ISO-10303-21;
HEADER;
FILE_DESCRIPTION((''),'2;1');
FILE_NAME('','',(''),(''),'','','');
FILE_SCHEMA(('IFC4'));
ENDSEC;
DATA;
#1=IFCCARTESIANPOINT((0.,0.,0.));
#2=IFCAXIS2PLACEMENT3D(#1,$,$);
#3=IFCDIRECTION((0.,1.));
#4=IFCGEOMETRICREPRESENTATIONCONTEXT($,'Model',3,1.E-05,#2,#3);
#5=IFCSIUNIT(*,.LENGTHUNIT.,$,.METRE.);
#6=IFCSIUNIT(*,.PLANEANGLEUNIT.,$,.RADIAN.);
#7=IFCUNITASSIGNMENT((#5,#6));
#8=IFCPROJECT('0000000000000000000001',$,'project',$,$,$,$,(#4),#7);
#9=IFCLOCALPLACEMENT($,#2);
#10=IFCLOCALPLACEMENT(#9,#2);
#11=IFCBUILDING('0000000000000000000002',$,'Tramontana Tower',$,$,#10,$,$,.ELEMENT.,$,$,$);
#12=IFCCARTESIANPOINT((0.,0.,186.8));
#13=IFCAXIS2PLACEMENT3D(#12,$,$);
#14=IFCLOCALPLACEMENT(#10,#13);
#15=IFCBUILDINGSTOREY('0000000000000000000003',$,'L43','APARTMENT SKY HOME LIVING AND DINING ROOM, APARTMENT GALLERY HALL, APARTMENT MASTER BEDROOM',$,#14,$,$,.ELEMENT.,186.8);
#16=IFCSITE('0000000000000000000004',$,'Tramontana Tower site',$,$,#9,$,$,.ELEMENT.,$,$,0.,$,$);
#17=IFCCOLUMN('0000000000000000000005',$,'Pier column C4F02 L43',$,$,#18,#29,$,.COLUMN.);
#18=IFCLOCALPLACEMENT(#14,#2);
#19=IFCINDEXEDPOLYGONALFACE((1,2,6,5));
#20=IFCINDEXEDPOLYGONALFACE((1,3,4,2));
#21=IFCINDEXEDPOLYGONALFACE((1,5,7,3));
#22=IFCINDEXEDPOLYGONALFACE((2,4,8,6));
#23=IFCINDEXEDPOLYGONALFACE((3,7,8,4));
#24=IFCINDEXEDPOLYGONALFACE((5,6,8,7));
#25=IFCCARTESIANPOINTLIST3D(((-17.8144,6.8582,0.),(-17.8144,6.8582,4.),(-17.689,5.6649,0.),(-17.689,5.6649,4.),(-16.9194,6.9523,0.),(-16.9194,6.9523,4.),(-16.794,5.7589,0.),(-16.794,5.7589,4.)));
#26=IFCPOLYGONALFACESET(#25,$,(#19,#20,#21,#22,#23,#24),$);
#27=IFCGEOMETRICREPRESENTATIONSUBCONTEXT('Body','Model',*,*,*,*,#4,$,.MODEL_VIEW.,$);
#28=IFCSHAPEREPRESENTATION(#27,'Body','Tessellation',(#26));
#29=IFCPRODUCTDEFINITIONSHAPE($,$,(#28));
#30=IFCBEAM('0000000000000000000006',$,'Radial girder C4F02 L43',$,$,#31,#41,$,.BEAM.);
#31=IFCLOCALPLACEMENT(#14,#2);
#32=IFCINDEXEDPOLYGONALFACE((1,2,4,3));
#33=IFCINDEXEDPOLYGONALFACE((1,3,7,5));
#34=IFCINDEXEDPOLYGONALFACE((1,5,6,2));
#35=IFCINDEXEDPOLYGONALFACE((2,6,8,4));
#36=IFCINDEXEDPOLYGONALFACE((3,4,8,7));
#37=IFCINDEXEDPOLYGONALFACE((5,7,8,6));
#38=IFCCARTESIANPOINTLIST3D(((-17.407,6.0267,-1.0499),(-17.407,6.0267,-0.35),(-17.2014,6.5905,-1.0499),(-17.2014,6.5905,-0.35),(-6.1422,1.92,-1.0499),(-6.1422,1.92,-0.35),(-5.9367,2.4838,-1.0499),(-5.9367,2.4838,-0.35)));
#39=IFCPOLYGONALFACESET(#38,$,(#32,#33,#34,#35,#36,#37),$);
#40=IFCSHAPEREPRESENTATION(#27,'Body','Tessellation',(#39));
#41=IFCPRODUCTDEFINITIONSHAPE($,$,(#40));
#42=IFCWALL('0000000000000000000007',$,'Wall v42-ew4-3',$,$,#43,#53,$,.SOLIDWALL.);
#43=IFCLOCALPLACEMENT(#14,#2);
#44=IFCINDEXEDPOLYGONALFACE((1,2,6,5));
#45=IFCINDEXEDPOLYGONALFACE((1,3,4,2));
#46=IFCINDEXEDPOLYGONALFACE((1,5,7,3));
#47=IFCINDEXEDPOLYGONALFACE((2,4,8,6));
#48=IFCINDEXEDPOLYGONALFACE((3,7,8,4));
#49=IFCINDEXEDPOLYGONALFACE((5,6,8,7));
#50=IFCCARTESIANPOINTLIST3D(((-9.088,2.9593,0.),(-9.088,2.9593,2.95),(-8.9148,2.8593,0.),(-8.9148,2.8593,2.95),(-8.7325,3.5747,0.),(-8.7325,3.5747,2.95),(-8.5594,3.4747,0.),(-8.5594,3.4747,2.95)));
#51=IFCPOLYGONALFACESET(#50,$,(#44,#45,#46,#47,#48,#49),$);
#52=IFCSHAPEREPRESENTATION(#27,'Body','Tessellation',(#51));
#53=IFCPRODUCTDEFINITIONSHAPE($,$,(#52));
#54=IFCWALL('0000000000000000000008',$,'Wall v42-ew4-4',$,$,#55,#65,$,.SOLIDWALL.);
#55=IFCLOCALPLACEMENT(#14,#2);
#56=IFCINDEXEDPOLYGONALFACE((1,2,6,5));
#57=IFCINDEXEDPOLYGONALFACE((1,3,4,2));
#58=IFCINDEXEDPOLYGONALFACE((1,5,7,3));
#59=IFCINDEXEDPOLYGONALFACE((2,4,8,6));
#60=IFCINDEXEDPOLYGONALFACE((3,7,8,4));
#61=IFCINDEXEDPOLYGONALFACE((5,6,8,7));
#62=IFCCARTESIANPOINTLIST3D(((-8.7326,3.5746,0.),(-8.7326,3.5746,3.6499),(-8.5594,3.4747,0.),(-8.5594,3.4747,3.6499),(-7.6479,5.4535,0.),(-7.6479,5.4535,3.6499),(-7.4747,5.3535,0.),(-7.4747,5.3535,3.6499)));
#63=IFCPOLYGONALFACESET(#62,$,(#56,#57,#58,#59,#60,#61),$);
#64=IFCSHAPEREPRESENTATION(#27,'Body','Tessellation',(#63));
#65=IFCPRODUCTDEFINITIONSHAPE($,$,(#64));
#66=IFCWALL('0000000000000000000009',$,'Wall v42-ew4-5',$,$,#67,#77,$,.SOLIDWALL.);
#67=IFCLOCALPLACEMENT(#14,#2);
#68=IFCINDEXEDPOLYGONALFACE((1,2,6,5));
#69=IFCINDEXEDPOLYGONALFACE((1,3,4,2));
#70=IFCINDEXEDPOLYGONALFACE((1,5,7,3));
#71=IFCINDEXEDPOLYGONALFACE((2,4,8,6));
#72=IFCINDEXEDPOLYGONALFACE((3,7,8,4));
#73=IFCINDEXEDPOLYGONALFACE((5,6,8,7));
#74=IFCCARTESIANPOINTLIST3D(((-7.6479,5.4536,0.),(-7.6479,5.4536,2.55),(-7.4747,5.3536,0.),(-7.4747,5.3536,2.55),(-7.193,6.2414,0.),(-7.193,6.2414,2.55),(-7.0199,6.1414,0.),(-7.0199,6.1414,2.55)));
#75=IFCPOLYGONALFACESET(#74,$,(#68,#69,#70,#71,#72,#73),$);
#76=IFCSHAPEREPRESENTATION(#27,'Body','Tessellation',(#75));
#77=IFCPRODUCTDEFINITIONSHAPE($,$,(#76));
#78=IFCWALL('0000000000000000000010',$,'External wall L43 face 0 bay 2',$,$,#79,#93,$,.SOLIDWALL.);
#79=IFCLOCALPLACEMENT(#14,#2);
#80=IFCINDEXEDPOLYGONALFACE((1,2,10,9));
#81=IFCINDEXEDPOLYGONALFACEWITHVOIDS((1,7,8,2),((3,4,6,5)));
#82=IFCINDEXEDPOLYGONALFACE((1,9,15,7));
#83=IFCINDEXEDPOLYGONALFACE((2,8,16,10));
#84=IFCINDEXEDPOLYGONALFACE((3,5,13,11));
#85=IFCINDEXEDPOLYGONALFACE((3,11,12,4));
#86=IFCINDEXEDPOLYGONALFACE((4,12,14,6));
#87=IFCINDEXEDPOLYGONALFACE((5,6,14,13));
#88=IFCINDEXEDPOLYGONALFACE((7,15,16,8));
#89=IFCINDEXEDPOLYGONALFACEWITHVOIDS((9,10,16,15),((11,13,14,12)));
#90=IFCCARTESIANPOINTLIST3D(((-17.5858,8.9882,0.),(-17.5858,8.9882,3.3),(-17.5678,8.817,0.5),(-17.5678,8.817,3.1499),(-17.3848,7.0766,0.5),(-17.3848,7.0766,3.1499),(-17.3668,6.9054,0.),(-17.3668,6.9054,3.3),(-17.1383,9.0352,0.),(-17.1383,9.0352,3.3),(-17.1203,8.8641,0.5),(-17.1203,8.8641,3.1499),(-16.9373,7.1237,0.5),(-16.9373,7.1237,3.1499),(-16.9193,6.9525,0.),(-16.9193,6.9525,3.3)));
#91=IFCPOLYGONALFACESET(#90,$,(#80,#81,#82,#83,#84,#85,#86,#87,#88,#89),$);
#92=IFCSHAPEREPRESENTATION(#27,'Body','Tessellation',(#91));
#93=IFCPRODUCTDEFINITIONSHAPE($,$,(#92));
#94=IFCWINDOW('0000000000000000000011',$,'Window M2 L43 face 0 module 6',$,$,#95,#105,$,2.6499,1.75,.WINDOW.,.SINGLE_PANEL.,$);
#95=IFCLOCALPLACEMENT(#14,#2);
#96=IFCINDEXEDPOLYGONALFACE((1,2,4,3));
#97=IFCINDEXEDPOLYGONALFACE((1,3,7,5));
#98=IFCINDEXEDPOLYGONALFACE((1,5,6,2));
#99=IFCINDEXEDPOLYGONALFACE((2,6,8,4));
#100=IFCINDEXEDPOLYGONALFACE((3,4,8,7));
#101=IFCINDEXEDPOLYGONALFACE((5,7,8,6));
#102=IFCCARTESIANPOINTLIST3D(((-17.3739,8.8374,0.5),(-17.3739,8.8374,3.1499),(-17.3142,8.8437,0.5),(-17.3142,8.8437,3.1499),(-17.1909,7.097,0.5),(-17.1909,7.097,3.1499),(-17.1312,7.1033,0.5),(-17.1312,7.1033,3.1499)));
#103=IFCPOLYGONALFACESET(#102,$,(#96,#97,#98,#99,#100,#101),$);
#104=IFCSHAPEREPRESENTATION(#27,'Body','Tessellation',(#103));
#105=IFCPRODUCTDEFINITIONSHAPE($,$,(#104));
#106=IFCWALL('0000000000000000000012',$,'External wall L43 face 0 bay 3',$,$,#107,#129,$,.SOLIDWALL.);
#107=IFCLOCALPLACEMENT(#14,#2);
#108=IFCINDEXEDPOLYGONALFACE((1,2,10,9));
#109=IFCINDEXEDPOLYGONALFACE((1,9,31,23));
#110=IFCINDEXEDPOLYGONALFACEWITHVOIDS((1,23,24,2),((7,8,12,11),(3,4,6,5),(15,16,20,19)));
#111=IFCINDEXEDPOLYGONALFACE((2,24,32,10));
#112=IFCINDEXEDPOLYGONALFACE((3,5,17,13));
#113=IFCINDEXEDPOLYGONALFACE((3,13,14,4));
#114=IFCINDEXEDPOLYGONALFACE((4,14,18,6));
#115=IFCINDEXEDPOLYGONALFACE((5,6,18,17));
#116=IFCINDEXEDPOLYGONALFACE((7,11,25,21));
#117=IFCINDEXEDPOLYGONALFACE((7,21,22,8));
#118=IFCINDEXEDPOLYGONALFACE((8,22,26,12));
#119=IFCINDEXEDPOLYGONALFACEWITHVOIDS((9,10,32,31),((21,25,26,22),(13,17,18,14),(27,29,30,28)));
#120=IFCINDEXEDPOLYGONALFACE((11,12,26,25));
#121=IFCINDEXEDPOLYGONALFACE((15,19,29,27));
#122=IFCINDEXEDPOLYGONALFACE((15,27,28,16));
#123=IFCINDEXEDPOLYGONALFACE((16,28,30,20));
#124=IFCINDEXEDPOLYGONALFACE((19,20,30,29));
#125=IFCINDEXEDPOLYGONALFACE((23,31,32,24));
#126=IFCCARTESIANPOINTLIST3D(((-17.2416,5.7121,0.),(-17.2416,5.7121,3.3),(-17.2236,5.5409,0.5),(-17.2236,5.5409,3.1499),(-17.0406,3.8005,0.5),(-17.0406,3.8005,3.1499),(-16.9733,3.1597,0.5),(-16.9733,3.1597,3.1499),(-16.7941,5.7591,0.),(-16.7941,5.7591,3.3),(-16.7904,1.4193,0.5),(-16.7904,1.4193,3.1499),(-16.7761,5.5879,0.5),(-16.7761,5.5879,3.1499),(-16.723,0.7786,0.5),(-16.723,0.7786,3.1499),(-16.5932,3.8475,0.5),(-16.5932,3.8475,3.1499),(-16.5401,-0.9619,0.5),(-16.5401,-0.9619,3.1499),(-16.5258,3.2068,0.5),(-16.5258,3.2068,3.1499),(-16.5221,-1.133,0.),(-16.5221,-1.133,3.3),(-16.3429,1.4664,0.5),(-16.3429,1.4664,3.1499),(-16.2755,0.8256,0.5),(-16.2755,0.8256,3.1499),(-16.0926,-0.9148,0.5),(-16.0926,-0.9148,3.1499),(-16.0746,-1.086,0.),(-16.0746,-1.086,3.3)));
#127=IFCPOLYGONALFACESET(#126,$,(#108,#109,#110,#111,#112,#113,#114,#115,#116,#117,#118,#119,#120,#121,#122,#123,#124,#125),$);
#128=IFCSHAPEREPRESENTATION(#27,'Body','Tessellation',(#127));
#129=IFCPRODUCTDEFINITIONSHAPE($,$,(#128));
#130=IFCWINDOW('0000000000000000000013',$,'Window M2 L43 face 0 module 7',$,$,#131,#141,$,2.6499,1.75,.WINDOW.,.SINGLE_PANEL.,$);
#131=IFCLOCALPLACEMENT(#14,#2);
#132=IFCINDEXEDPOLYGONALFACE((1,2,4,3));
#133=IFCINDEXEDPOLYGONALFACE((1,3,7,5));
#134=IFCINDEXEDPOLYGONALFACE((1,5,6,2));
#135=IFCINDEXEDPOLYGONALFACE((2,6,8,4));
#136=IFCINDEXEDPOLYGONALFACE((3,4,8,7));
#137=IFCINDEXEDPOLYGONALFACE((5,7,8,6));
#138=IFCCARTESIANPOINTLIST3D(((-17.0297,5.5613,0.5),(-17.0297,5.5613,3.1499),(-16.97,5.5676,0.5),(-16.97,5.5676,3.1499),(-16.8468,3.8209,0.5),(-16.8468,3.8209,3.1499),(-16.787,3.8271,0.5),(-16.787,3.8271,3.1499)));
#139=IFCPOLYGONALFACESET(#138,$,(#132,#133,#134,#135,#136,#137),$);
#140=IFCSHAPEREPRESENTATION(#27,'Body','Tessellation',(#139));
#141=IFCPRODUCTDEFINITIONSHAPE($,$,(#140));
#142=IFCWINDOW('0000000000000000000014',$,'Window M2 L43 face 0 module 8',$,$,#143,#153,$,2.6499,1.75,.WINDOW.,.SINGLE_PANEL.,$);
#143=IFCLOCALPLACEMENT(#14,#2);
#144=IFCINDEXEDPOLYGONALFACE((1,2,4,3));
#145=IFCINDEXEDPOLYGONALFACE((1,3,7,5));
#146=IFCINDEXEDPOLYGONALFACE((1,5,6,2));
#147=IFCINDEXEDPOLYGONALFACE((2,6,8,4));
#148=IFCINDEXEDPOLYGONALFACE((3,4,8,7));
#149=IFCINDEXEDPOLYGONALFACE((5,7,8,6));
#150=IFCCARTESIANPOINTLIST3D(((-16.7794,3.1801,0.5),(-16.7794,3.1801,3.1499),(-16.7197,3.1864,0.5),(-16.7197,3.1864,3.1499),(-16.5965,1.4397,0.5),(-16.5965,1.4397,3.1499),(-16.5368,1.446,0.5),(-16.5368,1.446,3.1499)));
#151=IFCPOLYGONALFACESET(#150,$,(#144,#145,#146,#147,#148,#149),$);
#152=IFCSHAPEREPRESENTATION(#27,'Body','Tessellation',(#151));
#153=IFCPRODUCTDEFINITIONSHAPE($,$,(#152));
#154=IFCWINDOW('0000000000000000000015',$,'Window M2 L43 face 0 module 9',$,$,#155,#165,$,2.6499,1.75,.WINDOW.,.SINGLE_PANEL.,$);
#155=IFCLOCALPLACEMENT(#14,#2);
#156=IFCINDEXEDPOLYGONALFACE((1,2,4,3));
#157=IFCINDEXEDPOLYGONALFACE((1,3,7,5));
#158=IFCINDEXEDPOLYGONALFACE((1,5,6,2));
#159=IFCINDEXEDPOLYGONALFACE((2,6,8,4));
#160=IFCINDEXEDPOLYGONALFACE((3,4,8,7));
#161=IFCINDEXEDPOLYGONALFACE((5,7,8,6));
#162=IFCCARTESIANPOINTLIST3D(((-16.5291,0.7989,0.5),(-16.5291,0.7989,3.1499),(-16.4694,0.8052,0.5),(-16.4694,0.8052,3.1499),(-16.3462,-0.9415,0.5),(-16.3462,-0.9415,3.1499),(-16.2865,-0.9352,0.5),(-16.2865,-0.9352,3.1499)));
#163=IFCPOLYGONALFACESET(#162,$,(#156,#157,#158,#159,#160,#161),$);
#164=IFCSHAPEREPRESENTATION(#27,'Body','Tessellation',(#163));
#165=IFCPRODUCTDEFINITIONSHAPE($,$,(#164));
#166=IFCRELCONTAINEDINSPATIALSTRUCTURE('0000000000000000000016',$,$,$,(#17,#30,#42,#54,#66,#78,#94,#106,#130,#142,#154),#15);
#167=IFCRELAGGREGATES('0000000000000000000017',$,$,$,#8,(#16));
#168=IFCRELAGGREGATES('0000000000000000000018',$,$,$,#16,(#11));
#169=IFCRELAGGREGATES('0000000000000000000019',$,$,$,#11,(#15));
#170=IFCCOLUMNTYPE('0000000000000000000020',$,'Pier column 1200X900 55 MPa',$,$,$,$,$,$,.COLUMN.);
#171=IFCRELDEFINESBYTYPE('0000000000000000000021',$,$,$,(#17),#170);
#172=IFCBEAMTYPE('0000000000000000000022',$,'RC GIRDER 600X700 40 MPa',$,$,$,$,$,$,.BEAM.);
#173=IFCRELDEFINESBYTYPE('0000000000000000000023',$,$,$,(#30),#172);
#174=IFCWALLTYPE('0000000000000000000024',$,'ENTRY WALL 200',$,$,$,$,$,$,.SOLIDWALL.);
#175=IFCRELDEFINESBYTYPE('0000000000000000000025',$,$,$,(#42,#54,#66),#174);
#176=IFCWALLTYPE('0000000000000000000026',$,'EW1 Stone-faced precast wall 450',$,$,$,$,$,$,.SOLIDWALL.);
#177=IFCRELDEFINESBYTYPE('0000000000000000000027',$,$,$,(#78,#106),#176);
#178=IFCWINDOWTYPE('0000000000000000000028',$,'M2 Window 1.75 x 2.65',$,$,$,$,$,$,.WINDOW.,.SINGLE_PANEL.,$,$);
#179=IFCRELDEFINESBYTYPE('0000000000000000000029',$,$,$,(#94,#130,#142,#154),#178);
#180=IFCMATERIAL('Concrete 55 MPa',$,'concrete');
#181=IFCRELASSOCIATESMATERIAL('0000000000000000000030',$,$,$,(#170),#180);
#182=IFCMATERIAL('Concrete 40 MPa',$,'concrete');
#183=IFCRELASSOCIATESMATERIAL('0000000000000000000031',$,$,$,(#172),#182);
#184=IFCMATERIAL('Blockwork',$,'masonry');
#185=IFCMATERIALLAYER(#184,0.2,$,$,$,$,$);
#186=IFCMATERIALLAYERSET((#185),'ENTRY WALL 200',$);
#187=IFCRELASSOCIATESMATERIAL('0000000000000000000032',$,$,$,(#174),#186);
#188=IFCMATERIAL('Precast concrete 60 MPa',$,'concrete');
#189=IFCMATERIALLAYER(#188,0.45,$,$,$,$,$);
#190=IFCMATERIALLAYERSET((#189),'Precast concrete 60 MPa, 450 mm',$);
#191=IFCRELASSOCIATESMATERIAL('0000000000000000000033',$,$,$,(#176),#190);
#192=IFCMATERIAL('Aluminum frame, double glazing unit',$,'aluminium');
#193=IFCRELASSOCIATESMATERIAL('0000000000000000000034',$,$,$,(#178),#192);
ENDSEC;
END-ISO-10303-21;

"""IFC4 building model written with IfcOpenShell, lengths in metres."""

from ifc_helpers import new_model, si_unit, direction, frame, frame_2d, origin, origin_2d, place, context, subcontext, project, spatial, rectangle, extrude, material, layer, layer_set, material_profile, profile_set, type_object, element, fill, save


model = new_model("IFC4")

# Units and contexts
model_context = context("Model", 3, precision=1e-05, world=origin(), true_north=direction((0.0, 1.0)))
body_context = subcontext(model_context, "Body", "Model", "MODEL_VIEW")
ifc_project = project(units=[si_unit("LENGTHUNIT", "METRE"), si_unit("PLANEANGLEUNIT", "RADIAN")], contexts=[model_context])

# Site, building, storey
site_placement = place(None, origin())
site = spatial("IfcSite", under=ifc_project, at=site_placement, Name="Tramontana Tower site", CompositionType="ELEMENT", RefElevation=0.0)
building_placement = place(site_placement, origin())
building = spatial("IfcBuilding", under=site, at=building_placement, Name="Tramontana Tower", CompositionType="ELEMENT")
storey_placement = place(building_placement, frame((0.0, 0.0, 186.8)))
storey = spatial("IfcBuildingStorey", under=building, at=storey_placement, Name="L43", Description="APARTMENT SKY HOME LIVING AND DINING ROOM, APARTMENT GALLERY HALL, APARTMENT MASTER BEDROOM", CompositionType="ELEMENT", Elevation=186.8)

# Column
ifc_material_1 = material(Name="Concrete 55 MPa", Category="concrete")
ifc_material_profile_1 = material_profile(ifc_material_1, rectangle(XDim=1.2, YDim=0.8999, at=origin_2d()), Name="Pier column 1200X900 55 MPa")
ifc_profile_set_1 = profile_set([ifc_material_profile_1], Name="Concrete 55 MPa")
column_type = type_object("IfcColumnType", Name="Pier column 1200X900 55 MPa", PredefinedType="COLUMN", material=ifc_profile_set_1)
column_placement = place(storey_placement, frame((-17.3042, 6.3086, 0.0), z_axis=(0.0, 0.0, 1.0), x_axis=(0.104528, -0.994522, 0.0)))
element("IfcColumn", 1, at=column_placement, inside=storey, type_object=column_type, Name="Pier column C4F02 L43", PredefinedType="COLUMN", context=body_context, shape_type="SweptSolid", body=[
    extrude(rectangle(XDim=1.2, YDim=0.8999, at=origin_2d()), origin(), (0.0, 0.0, 1.0), 4.0),
])

# Beam
ifc_material_2 = material(Name="Concrete 40 MPa", Category="concrete")
ifc_material_profile_2 = material_profile(ifc_material_2, rectangle(XDim=0.6001, YDim=0.7, at=origin_2d()), Name="RC GIRDER 600X700 40 MPa")
ifc_profile_set_2 = profile_set([ifc_material_profile_2], Name="Concrete 40 MPa")
beam_type = type_object("IfcBeamType", Name="RC GIRDER 600X700 40 MPa", PredefinedType="BEAM", material=ifc_profile_set_2)
beam_placement = place(storey_placement, frame((-17.3042, 6.3086, -0.7), z_axis=(0.939513, -0.342513, 0.0), x_axis=(0.342513, 0.939513, 0.0)))
element("IfcBeam", 2, at=beam_placement, inside=storey, type_object=beam_type, Name="Radial girder C4F02 L43", PredefinedType="BEAM", context=body_context, shape_type="SweptSolid", body=[
    extrude(rectangle(XDim=0.6001, YDim=0.7, at=origin_2d()), origin(), (0.0, 0.0, 1.0), 11.99),
])

# Walls
ifc_material_3 = material(Name="Blockwork", Category="masonry")
ifc_layer_1 = layer(ifc_material_3, 0.2)
ifc_layer_set_1 = layer_set([ifc_layer_1], Name="ENTRY WALL 200")
wall_type_1 = type_object("IfcWallType", Name="ENTRY WALL 200", PredefinedType="SOLIDWALL", material=ifc_layer_set_1)
wall_1_placement = place(storey_placement, frame((-9.0015, 2.9092, 0.0), z_axis=(0.0, 0.0, 1.0), x_axis=(0.500129, 0.865951, 0.0)))
element("IfcWall", 3, at=wall_1_placement, inside=storey, type_object=wall_type_1, Name="Wall v42-ew4-3", PredefinedType="SOLIDWALL", context=body_context, shape_type="SweptSolid", body=[
    extrude(rectangle(XDim=0.7107, YDim=0.2, at=frame_2d((0.3555, 0.0))), origin(), (0.0, 0.0, 1.0), 2.95),
])
wall_2_placement = place(storey_placement, frame((-8.646, 3.5247, 0.0), z_axis=(0.0, 0.0, 1.0), x_axis=(0.499976, 0.866039, 0.0)))
element("IfcWall", 4, at=wall_2_placement, inside=storey, type_object=wall_type_1, Name="Wall v42-ew4-4", PredefinedType="SOLIDWALL", context=body_context, shape_type="SweptSolid", body=[
    extrude(rectangle(XDim=2.1694, YDim=0.2, at=frame_2d((1.0847, 0.0))), origin(), (0.0, 0.0, 1.0), 3.6499),
])
wall_3_placement = place(storey_placement, frame((-7.5613, 5.4036, 0.0), z_axis=(0.0, 0.0, 1.0), x_axis=(0.499978, 0.866038, 0.0)))
element("IfcWall", 5, at=wall_3_placement, inside=storey, type_object=wall_type_1, Name="Wall v42-ew4-5", PredefinedType="SOLIDWALL", context=body_context, shape_type="SweptSolid", body=[
    extrude(rectangle(XDim=0.9097, YDim=0.2, at=frame_2d((0.4548, 0.0))), origin(), (0.0, 0.0, 1.0), 2.55),
])

# Wall, opening, window
ifc_material_4 = material(Name="Precast concrete 60 MPa", Category="concrete")
ifc_layer_2 = layer(ifc_material_4, 0.45)
ifc_layer_set_2 = layer_set([ifc_layer_2], Name="Precast concrete 60 MPa, 450 mm")
wall_type_2 = type_object("IfcWallType", Name="EW1 Stone-faced precast wall 450", PredefinedType="SOLIDWALL", material=ifc_layer_set_2)
wall_4_placement = place(storey_placement, frame((-17.3621, 9.0117, 0.0), z_axis=(0.0, 0.0, 1.0), x_axis=(0.104569, -0.994518, 0.0)))
wall_4 = element("IfcWall", 6, at=wall_4_placement, inside=storey, type_object=wall_type_2, Name="External wall L43 face 0 bay 2", PredefinedType="SOLIDWALL", context=body_context, shape_type="SweptSolid", body=[
    extrude(rectangle(XDim=2.0942, YDim=0.45, at=frame_2d((1.0471, 0.0))), origin(), (0.0, 0.0, 1.0), 3.3),
])
opening_1_placement = place(wall_4_placement, frame((0.1721, 0.0, 0.5)))
opening_1 = element("IfcOpeningElement", 7, at=opening_1_placement, cuts=wall_4, PredefinedType="OPENING", context=body_context, shape_type="SweptSolid", body=[
    extrude(rectangle(XDim=1.75, YDim=2.6499, at=frame_2d((0.875, 1.325))), frame((0.0, 0.2349, 0.0), z_axis=(0.0, -1.0, 0.0), x_axis=(1.0, 0.0, 0.0)), (0.0, 0.0, 1.0), 0.47),
])
ifc_material_5 = material(Name="Aluminum frame, double glazing unit", Category="aluminium")
window_type = type_object("IfcWindowType", Name="M2 Window 1.75 x 2.65", PartitioningType="SINGLE_PANEL", PredefinedType="WINDOW", material=ifc_material_5)
window_1_placement = place(opening_1_placement, origin())
window_1 = element("IfcWindow", 8, at=window_1_placement, inside=storey, type_object=window_type, Name="Window M2 L43 face 0 module 6", OverallHeight=2.6499, OverallWidth=1.75, PartitioningType="SINGLE_PANEL", PredefinedType="WINDOW", context=body_context, shape_type="SweptSolid", body=[
    extrude(rectangle(XDim=1.75, YDim=2.6499, at=frame_2d((0.875, 1.325))), frame((0.0, 0.03, 0.0), z_axis=(0.0, -1.0, 0.0), x_axis=(1.0, 0.0, 0.0)), (0.0, 0.0, 1.0), 0.0601),
])
fill(opening_1, window_1)

# Wall, openings, windows
wall_5_placement = place(storey_placement, frame((-17.0178, 5.7356, 0.0), z_axis=(0.0, 0.0, 1.0), x_axis=(0.104532, -0.994522, 0.0)))
wall_5 = element("IfcWall", 9, at=wall_5_placement, inside=storey, type_object=wall_type_2, Name="External wall L43 face 0 bay 3", PredefinedType="SOLIDWALL", context=body_context, shape_type="SweptSolid", body=[
    extrude(rectangle(XDim=6.8828, YDim=0.45, at=frame_2d((3.4414, 0.0))), origin(), (0.0, 0.0, 1.0), 3.3),
])
opening_2_placement = place(wall_5_placement, frame((0.1721, 0.0, 0.5)))
opening_2 = element("IfcOpeningElement", 10, at=opening_2_placement, cuts=wall_5, PredefinedType="OPENING", context=body_context, shape_type="SweptSolid", body=[
    extrude(rectangle(XDim=1.75, YDim=2.6499, at=frame_2d((0.875, 1.325))), frame((0.0, 0.2349, 0.0), z_axis=(0.0, -1.0, 0.0), x_axis=(1.0, 0.0, 0.0)), (0.0, 0.0, 1.0), 0.47),
])
opening_3_placement = place(wall_5_placement, frame((2.5664, 0.0, 0.5)))
opening_3 = element("IfcOpeningElement", 11, at=opening_3_placement, cuts=wall_5, PredefinedType="OPENING", context=body_context, shape_type="SweptSolid", body=[
    extrude(rectangle(XDim=1.75, YDim=2.6499, at=frame_2d((0.875, 1.325))), frame((0.0, 0.2349, 0.0), z_axis=(0.0, -1.0, 0.0), x_axis=(1.0, 0.0, 0.0)), (0.0, 0.0, 1.0), 0.47),
])
opening_4_placement = place(wall_5_placement, frame((4.9607, 0.0, 0.5)))
opening_4 = element("IfcOpeningElement", 12, at=opening_4_placement, cuts=wall_5, PredefinedType="OPENING", context=body_context, shape_type="SweptSolid", body=[
    extrude(rectangle(XDim=1.75, YDim=2.6499, at=frame_2d((0.875, 1.325))), frame((0.0, 0.2349, 0.0), z_axis=(0.0, -1.0, 0.0), x_axis=(1.0, 0.0, 0.0)), (0.0, 0.0, 1.0), 0.47),
])
window_2_placement = place(opening_2_placement, origin())
window_2 = element("IfcWindow", 13, at=window_2_placement, inside=storey, type_object=window_type, Name="Window M2 L43 face 0 module 7", OverallHeight=2.6499, OverallWidth=1.75, PartitioningType="SINGLE_PANEL", PredefinedType="WINDOW", context=body_context, shape_type="SweptSolid", body=[
    extrude(rectangle(XDim=1.75, YDim=2.6499, at=frame_2d((0.875, 1.325))), frame((0.0, 0.03, 0.0), z_axis=(0.0, -1.0, 0.0), x_axis=(1.0, 0.0, 0.0)), (0.0, 0.0, 1.0), 0.0601),
])
fill(opening_2, window_2)
window_3_placement = place(opening_3_placement, origin())
window_3 = element("IfcWindow", 14, at=window_3_placement, inside=storey, type_object=window_type, Name="Window M2 L43 face 0 module 8", OverallHeight=2.6499, OverallWidth=1.75, PartitioningType="SINGLE_PANEL", PredefinedType="WINDOW", context=body_context, shape_type="SweptSolid", body=[
    extrude(rectangle(XDim=1.75, YDim=2.6499, at=frame_2d((0.875, 1.325))), frame((0.0, 0.03, 0.0), z_axis=(0.0, -1.0, 0.0), x_axis=(1.0, 0.0, 0.0)), (0.0, 0.0, 1.0), 0.0601),
])
fill(opening_3, window_3)
window_4_placement = place(opening_4_placement, origin())
window_4 = element("IfcWindow", 15, at=window_4_placement, inside=storey, type_object=window_type, Name="Window M2 L43 face 0 module 9", OverallHeight=2.6499, OverallWidth=1.75, PartitioningType="SINGLE_PANEL", PredefinedType="WINDOW", context=body_context, shape_type="SweptSolid", body=[
    extrude(rectangle(XDim=1.75, YDim=2.6499, at=frame_2d((0.875, 1.325))), frame((0.0, 0.03, 0.0), z_axis=(0.0, -1.0, 0.0), x_axis=(1.0, 0.0, 0.0)), (0.0, 0.0, 1.0), 0.0601),
])
fill(opening_4, window_4)

save(model, "model.ifc")
